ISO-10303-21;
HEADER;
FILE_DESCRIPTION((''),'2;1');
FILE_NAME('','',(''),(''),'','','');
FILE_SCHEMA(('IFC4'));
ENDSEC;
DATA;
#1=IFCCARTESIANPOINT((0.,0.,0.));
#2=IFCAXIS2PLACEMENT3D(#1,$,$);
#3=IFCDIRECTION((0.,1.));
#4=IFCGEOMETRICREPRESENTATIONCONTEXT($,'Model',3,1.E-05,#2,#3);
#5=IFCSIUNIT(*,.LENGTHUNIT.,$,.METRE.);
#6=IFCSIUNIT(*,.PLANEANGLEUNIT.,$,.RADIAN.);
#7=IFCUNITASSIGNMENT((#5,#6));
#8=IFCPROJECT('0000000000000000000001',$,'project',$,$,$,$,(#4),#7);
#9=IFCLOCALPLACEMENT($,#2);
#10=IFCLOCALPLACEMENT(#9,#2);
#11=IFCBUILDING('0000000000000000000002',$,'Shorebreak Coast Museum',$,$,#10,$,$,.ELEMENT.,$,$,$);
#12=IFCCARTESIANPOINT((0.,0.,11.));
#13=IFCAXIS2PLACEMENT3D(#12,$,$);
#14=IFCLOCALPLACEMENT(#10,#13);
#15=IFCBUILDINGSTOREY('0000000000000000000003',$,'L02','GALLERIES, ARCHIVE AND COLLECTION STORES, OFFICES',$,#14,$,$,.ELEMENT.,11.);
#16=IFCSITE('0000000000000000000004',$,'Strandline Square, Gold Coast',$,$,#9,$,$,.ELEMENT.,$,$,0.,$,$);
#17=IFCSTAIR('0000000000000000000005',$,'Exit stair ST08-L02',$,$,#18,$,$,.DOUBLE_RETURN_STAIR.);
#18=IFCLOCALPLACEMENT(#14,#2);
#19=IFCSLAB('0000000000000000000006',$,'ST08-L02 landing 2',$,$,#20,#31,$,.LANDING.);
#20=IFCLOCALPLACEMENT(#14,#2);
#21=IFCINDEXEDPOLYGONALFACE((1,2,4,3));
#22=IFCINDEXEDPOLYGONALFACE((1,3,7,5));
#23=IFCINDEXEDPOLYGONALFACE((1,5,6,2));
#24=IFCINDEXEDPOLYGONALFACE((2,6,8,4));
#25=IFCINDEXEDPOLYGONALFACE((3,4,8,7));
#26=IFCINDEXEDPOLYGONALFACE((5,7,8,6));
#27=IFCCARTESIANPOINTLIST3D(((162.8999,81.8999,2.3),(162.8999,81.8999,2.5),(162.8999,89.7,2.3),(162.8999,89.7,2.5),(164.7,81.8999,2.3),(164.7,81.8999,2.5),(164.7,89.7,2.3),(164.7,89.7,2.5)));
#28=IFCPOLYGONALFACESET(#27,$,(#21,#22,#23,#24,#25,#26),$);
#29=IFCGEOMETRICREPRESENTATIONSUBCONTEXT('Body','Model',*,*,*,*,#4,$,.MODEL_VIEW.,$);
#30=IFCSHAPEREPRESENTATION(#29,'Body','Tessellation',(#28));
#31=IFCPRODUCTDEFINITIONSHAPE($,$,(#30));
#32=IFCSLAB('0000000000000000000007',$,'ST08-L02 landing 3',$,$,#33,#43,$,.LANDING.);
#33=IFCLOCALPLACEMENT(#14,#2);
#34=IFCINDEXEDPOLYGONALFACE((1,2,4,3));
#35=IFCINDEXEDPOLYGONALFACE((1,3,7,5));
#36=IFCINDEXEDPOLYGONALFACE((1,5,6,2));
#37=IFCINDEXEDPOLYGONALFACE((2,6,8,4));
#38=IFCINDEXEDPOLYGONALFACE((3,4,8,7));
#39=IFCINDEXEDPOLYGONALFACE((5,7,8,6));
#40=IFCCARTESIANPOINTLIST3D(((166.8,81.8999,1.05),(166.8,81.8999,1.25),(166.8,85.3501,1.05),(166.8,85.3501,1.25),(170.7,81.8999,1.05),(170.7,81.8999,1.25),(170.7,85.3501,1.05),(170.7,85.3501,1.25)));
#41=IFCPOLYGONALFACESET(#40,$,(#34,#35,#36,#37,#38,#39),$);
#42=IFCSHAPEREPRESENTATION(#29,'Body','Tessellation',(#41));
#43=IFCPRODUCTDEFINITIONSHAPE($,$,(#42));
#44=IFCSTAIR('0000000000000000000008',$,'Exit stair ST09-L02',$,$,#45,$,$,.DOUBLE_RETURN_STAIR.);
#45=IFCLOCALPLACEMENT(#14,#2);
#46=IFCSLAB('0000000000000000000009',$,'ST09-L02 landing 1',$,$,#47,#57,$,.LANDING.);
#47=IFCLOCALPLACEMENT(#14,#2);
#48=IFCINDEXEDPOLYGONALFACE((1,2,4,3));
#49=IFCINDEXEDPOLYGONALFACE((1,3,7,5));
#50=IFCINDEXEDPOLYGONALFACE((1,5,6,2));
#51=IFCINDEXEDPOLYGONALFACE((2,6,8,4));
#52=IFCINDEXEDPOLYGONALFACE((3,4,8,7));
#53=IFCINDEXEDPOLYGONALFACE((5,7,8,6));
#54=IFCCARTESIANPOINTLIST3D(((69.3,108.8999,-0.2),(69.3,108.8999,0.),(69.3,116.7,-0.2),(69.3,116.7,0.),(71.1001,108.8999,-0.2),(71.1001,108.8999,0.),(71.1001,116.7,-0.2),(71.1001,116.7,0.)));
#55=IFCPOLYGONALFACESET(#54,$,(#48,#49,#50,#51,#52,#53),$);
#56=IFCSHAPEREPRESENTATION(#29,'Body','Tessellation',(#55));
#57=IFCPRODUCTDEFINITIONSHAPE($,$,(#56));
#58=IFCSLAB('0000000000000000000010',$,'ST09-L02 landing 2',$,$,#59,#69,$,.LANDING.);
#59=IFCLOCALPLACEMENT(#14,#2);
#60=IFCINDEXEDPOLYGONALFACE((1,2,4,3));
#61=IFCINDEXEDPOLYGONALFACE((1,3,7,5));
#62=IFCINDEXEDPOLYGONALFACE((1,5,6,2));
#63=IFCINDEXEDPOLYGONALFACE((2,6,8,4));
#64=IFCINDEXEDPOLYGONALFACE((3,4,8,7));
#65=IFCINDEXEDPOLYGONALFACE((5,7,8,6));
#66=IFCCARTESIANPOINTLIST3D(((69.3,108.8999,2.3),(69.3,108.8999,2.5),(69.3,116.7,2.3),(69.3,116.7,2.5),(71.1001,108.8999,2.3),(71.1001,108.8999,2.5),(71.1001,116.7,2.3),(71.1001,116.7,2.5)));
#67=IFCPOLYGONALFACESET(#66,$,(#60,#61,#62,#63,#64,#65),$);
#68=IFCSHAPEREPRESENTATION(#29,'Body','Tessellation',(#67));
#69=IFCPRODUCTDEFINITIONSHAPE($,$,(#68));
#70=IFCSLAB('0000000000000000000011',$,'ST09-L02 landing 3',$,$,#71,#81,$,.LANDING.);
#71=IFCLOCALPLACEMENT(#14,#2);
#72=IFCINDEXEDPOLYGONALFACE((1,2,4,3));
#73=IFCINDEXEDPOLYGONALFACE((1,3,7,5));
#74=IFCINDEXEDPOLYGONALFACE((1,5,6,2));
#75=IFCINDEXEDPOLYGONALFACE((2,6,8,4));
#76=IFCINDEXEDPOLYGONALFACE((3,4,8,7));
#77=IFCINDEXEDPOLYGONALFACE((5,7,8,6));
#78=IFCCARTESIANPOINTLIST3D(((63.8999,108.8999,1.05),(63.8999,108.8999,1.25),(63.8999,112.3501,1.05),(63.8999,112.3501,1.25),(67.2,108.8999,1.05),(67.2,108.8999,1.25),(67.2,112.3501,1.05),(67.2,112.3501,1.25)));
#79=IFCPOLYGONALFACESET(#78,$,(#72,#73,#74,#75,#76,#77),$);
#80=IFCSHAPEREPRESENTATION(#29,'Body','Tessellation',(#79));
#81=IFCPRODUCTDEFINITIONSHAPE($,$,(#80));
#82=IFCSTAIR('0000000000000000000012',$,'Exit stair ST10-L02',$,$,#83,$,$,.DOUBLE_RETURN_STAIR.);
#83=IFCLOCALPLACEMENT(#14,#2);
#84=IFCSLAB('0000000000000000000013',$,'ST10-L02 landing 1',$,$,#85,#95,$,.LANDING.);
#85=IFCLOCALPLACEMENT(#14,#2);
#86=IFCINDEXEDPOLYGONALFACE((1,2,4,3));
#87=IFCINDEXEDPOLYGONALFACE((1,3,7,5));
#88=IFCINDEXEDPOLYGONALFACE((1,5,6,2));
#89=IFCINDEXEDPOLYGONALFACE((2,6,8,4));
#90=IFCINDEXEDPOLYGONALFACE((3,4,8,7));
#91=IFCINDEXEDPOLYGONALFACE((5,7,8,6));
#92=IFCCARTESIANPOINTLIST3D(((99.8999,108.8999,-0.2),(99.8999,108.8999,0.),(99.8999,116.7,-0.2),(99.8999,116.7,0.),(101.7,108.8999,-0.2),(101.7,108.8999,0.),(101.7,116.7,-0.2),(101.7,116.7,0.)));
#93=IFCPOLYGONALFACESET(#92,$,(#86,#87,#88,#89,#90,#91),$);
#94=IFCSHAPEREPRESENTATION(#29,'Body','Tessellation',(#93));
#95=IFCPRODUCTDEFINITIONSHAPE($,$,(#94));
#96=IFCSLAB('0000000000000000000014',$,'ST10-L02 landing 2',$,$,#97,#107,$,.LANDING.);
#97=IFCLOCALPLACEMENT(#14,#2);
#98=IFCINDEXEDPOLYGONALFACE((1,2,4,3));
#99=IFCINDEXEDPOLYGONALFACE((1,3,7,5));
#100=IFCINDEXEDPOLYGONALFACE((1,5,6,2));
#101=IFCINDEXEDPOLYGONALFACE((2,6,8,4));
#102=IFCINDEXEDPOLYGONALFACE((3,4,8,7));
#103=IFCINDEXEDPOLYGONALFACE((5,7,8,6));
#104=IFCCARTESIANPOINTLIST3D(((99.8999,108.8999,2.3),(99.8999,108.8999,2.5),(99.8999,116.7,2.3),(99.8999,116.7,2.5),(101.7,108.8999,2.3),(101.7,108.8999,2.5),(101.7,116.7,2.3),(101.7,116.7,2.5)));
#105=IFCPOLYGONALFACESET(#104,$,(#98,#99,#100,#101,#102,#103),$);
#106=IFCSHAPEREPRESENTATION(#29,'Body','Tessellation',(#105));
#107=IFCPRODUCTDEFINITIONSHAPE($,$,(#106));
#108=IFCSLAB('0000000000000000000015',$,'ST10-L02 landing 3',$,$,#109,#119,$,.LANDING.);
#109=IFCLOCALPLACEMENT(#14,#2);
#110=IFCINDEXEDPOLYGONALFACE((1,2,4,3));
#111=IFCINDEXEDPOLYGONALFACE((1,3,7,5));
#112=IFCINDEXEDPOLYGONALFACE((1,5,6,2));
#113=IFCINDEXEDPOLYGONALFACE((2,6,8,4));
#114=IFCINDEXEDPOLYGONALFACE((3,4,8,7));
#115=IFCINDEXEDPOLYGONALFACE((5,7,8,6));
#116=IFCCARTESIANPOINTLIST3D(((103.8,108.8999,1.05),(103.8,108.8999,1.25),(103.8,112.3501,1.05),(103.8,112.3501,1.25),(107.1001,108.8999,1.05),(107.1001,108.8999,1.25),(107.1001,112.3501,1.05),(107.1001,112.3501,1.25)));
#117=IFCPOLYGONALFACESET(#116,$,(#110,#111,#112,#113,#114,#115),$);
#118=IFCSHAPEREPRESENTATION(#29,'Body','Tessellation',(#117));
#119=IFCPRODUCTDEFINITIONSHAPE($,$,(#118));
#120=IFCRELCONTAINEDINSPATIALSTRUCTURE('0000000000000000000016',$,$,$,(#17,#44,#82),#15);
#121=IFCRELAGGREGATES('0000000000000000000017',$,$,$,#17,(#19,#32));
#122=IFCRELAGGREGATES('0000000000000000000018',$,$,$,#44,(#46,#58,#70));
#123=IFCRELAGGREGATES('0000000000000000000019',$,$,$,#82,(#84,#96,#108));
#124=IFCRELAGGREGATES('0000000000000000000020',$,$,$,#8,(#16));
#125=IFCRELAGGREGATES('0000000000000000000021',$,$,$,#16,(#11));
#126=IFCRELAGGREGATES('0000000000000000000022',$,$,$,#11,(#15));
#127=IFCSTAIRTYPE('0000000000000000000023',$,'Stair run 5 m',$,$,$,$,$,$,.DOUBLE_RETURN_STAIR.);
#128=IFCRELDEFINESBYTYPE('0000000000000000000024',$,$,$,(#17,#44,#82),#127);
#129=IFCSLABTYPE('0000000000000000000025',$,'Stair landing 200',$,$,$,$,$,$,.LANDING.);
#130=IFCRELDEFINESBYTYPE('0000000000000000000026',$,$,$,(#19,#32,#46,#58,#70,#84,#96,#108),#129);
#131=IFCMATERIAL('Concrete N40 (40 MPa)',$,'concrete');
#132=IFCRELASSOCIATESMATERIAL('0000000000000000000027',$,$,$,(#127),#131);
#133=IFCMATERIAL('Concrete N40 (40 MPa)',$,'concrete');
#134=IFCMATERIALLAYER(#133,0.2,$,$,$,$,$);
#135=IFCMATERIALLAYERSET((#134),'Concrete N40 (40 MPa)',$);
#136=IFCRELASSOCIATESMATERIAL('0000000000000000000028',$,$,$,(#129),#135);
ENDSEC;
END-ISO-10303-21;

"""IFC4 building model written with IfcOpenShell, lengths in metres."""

from ifc_helpers import new_model, si_unit, direction, frame, origin, place, context, subcontext, project, spatial, polyline, outline, extrude, material, layer, layer_set, type_object, element, aggregate, save


model = new_model("IFC4")

# Units and contexts
model_context = context("Model", 3, precision=1e-05, world=origin(), true_north=direction((0.0, 1.0)))
body_context = subcontext(model_context, "Body", "Model", "MODEL_VIEW")
ifc_project = project(units=[si_unit("LENGTHUNIT", "METRE"), si_unit("PLANEANGLEUNIT", "RADIAN")], contexts=[model_context])

# Site, building, storey
site_placement = place(None, origin())
site = spatial("IfcSite", under=ifc_project, at=site_placement, Name="Strandline Square, Gold Coast", CompositionType="ELEMENT", RefElevation=0.0)
building_placement = place(site_placement, origin())
building = spatial("IfcBuilding", under=site, at=building_placement, Name="Shorebreak Coast Museum", CompositionType="ELEMENT")
storey_placement = place(building_placement, frame((0.0, 0.0, 11.0)))
storey = spatial("IfcBuildingStorey", under=building, at=storey_placement, Name="L02", Description="GALLERIES, ARCHIVE AND COLLECTION STORES, OFFICES", CompositionType="ELEMENT", Elevation=11.0)

# Stairs, slabs
ifc_material_1 = material(Name="Concrete N40 (40 MPa)", Category="concrete")
stair_type = type_object("IfcStairType", Name="Stair run 5 m", PredefinedType="DOUBLE_RETURN_STAIR", material=ifc_material_1)
ifc_material_2 = material(Name="Concrete N40 (40 MPa)", Category="concrete")
ifc_layer_1 = layer(ifc_material_2, 0.2)
ifc_layer_set_1 = layer_set([ifc_layer_1], Name="Concrete N40 (40 MPa)")
slab_type_1 = type_object("IfcSlabType", Name="Stair landing 200", PredefinedType="LANDING", material=ifc_layer_set_1)
stair_1_placement = place(storey_placement, origin())
stair_1 = element("IfcStair", 1, at=stair_1_placement, inside=storey, type_object=stair_type, Name="Exit stair ST08-L02", PredefinedType="DOUBLE_RETURN_STAIR")
slab_1_placement = place(storey_placement, frame((0.0, 0.0, 2.3)))
slab_1 = element("IfcSlab", 2, at=slab_1_placement, type_object=slab_type_1, Name="ST08-L02 landing 2", PredefinedType="LANDING", context=body_context, shape_type="SweptSolid", body=[
    extrude(outline(polyline([(162.8999, 81.8999), (164.7, 81.8999), (164.7, 89.7), (162.8999, 89.7), (162.8999, 81.8999)])), origin(), (0.0, 0.0, 1.0), 0.2),
])
slab_2_placement = place(storey_placement, frame((0.0, 0.0, 1.05)))
slab_2 = element("IfcSlab", 3, at=slab_2_placement, type_object=slab_type_1, Name="ST08-L02 landing 3", PredefinedType="LANDING", context=body_context, shape_type="SweptSolid", body=[
    extrude(outline(polyline([(166.8, 81.8999), (170.7, 81.8999), (170.7, 85.3501), (166.8, 85.3501), (166.8, 81.8999)])), origin(), (0.0, 0.0, 1.0), 0.2),
])
aggregate(stair_1, [slab_1, slab_2])
stair_2_placement = place(storey_placement, origin())
stair_2 = element("IfcStair", 4, at=stair_2_placement, inside=storey, type_object=stair_type, Name="Exit stair ST09-L02", PredefinedType="DOUBLE_RETURN_STAIR")
slab_3_placement = place(storey_placement, frame((0.0, 0.0, -0.2)))
slab_3 = element("IfcSlab", 5, at=slab_3_placement, type_object=slab_type_1, Name="ST09-L02 landing 1", PredefinedType="LANDING", context=body_context, shape_type="SweptSolid", body=[
    extrude(outline(polyline([(69.3, 108.8999), (71.1001, 108.8999), (71.1001, 116.7), (69.3, 116.7), (69.3, 108.8999)])), origin(), (0.0, 0.0, 1.0), 0.2),
])
slab_4_placement = place(storey_placement, frame((0.0, 0.0, 2.3)))
slab_4 = element("IfcSlab", 6, at=slab_4_placement, type_object=slab_type_1, Name="ST09-L02 landing 2", PredefinedType="LANDING", context=body_context, shape_type="SweptSolid", body=[
    extrude(outline(polyline([(69.3, 108.8999), (71.1001, 108.8999), (71.1001, 116.7), (69.3, 116.7), (69.3, 108.8999)])), origin(), (0.0, 0.0, 1.0), 0.2),
])
slab_5_placement = place(storey_placement, frame((0.0, 0.0, 1.05)))
slab_5 = element("IfcSlab", 7, at=slab_5_placement, type_object=slab_type_1, Name="ST09-L02 landing 3", PredefinedType="LANDING", context=body_context, shape_type="SweptSolid", body=[
    extrude(outline(polyline([(63.8999, 108.8999), (67.2, 108.8999), (67.2, 112.3501), (63.8999, 112.3501), (63.8999, 108.8999)])), origin(), (0.0, 0.0, 1.0), 0.2),
])
aggregate(stair_2, [slab_3, slab_4, slab_5])
stair_3_placement = place(storey_placement, origin())
stair_3 = element("IfcStair", 8, at=stair_3_placement, inside=storey, type_object=stair_type, Name="Exit stair ST10-L02", PredefinedType="DOUBLE_RETURN_STAIR")
slab_6_placement = place(storey_placement, frame((0.0, 0.0, -0.2)))
slab_6 = element("IfcSlab", 9, at=slab_6_placement, type_object=slab_type_1, Name="ST10-L02 landing 1", PredefinedType="LANDING", context=body_context, shape_type="SweptSolid", body=[
    extrude(outline(polyline([(99.8999, 108.8999), (101.7, 108.8999), (101.7, 116.7), (99.8999, 116.7), (99.8999, 108.8999)])), origin(), (0.0, 0.0, 1.0), 0.2),
])
slab_7_placement = place(storey_placement, frame((0.0, 0.0, 2.3)))
slab_7 = element("IfcSlab", 10, at=slab_7_placement, type_object=slab_type_1, Name="ST10-L02 landing 2", PredefinedType="LANDING", context=body_context, shape_type="SweptSolid", body=[
    extrude(outline(polyline([(99.8999, 108.8999), (101.7, 108.8999), (101.7, 116.7), (99.8999, 116.7), (99.8999, 108.8999)])), origin(), (0.0, 0.0, 1.0), 0.2),
])
slab_8_placement = place(storey_placement, frame((0.0, 0.0, 1.05)))
slab_8 = element("IfcSlab", 11, at=slab_8_placement, type_object=slab_type_1, Name="ST10-L02 landing 3", PredefinedType="LANDING", context=body_context, shape_type="SweptSolid", body=[
    extrude(outline(polyline([(103.8, 108.8999), (107.1001, 108.8999), (107.1001, 112.3501), (103.8, 112.3501), (103.8, 108.8999)])), origin(), (0.0, 0.0, 1.0), 0.2),
])
aggregate(stair_3, [slab_6, slab_7, slab_8])

save(model, "model.ifc")
